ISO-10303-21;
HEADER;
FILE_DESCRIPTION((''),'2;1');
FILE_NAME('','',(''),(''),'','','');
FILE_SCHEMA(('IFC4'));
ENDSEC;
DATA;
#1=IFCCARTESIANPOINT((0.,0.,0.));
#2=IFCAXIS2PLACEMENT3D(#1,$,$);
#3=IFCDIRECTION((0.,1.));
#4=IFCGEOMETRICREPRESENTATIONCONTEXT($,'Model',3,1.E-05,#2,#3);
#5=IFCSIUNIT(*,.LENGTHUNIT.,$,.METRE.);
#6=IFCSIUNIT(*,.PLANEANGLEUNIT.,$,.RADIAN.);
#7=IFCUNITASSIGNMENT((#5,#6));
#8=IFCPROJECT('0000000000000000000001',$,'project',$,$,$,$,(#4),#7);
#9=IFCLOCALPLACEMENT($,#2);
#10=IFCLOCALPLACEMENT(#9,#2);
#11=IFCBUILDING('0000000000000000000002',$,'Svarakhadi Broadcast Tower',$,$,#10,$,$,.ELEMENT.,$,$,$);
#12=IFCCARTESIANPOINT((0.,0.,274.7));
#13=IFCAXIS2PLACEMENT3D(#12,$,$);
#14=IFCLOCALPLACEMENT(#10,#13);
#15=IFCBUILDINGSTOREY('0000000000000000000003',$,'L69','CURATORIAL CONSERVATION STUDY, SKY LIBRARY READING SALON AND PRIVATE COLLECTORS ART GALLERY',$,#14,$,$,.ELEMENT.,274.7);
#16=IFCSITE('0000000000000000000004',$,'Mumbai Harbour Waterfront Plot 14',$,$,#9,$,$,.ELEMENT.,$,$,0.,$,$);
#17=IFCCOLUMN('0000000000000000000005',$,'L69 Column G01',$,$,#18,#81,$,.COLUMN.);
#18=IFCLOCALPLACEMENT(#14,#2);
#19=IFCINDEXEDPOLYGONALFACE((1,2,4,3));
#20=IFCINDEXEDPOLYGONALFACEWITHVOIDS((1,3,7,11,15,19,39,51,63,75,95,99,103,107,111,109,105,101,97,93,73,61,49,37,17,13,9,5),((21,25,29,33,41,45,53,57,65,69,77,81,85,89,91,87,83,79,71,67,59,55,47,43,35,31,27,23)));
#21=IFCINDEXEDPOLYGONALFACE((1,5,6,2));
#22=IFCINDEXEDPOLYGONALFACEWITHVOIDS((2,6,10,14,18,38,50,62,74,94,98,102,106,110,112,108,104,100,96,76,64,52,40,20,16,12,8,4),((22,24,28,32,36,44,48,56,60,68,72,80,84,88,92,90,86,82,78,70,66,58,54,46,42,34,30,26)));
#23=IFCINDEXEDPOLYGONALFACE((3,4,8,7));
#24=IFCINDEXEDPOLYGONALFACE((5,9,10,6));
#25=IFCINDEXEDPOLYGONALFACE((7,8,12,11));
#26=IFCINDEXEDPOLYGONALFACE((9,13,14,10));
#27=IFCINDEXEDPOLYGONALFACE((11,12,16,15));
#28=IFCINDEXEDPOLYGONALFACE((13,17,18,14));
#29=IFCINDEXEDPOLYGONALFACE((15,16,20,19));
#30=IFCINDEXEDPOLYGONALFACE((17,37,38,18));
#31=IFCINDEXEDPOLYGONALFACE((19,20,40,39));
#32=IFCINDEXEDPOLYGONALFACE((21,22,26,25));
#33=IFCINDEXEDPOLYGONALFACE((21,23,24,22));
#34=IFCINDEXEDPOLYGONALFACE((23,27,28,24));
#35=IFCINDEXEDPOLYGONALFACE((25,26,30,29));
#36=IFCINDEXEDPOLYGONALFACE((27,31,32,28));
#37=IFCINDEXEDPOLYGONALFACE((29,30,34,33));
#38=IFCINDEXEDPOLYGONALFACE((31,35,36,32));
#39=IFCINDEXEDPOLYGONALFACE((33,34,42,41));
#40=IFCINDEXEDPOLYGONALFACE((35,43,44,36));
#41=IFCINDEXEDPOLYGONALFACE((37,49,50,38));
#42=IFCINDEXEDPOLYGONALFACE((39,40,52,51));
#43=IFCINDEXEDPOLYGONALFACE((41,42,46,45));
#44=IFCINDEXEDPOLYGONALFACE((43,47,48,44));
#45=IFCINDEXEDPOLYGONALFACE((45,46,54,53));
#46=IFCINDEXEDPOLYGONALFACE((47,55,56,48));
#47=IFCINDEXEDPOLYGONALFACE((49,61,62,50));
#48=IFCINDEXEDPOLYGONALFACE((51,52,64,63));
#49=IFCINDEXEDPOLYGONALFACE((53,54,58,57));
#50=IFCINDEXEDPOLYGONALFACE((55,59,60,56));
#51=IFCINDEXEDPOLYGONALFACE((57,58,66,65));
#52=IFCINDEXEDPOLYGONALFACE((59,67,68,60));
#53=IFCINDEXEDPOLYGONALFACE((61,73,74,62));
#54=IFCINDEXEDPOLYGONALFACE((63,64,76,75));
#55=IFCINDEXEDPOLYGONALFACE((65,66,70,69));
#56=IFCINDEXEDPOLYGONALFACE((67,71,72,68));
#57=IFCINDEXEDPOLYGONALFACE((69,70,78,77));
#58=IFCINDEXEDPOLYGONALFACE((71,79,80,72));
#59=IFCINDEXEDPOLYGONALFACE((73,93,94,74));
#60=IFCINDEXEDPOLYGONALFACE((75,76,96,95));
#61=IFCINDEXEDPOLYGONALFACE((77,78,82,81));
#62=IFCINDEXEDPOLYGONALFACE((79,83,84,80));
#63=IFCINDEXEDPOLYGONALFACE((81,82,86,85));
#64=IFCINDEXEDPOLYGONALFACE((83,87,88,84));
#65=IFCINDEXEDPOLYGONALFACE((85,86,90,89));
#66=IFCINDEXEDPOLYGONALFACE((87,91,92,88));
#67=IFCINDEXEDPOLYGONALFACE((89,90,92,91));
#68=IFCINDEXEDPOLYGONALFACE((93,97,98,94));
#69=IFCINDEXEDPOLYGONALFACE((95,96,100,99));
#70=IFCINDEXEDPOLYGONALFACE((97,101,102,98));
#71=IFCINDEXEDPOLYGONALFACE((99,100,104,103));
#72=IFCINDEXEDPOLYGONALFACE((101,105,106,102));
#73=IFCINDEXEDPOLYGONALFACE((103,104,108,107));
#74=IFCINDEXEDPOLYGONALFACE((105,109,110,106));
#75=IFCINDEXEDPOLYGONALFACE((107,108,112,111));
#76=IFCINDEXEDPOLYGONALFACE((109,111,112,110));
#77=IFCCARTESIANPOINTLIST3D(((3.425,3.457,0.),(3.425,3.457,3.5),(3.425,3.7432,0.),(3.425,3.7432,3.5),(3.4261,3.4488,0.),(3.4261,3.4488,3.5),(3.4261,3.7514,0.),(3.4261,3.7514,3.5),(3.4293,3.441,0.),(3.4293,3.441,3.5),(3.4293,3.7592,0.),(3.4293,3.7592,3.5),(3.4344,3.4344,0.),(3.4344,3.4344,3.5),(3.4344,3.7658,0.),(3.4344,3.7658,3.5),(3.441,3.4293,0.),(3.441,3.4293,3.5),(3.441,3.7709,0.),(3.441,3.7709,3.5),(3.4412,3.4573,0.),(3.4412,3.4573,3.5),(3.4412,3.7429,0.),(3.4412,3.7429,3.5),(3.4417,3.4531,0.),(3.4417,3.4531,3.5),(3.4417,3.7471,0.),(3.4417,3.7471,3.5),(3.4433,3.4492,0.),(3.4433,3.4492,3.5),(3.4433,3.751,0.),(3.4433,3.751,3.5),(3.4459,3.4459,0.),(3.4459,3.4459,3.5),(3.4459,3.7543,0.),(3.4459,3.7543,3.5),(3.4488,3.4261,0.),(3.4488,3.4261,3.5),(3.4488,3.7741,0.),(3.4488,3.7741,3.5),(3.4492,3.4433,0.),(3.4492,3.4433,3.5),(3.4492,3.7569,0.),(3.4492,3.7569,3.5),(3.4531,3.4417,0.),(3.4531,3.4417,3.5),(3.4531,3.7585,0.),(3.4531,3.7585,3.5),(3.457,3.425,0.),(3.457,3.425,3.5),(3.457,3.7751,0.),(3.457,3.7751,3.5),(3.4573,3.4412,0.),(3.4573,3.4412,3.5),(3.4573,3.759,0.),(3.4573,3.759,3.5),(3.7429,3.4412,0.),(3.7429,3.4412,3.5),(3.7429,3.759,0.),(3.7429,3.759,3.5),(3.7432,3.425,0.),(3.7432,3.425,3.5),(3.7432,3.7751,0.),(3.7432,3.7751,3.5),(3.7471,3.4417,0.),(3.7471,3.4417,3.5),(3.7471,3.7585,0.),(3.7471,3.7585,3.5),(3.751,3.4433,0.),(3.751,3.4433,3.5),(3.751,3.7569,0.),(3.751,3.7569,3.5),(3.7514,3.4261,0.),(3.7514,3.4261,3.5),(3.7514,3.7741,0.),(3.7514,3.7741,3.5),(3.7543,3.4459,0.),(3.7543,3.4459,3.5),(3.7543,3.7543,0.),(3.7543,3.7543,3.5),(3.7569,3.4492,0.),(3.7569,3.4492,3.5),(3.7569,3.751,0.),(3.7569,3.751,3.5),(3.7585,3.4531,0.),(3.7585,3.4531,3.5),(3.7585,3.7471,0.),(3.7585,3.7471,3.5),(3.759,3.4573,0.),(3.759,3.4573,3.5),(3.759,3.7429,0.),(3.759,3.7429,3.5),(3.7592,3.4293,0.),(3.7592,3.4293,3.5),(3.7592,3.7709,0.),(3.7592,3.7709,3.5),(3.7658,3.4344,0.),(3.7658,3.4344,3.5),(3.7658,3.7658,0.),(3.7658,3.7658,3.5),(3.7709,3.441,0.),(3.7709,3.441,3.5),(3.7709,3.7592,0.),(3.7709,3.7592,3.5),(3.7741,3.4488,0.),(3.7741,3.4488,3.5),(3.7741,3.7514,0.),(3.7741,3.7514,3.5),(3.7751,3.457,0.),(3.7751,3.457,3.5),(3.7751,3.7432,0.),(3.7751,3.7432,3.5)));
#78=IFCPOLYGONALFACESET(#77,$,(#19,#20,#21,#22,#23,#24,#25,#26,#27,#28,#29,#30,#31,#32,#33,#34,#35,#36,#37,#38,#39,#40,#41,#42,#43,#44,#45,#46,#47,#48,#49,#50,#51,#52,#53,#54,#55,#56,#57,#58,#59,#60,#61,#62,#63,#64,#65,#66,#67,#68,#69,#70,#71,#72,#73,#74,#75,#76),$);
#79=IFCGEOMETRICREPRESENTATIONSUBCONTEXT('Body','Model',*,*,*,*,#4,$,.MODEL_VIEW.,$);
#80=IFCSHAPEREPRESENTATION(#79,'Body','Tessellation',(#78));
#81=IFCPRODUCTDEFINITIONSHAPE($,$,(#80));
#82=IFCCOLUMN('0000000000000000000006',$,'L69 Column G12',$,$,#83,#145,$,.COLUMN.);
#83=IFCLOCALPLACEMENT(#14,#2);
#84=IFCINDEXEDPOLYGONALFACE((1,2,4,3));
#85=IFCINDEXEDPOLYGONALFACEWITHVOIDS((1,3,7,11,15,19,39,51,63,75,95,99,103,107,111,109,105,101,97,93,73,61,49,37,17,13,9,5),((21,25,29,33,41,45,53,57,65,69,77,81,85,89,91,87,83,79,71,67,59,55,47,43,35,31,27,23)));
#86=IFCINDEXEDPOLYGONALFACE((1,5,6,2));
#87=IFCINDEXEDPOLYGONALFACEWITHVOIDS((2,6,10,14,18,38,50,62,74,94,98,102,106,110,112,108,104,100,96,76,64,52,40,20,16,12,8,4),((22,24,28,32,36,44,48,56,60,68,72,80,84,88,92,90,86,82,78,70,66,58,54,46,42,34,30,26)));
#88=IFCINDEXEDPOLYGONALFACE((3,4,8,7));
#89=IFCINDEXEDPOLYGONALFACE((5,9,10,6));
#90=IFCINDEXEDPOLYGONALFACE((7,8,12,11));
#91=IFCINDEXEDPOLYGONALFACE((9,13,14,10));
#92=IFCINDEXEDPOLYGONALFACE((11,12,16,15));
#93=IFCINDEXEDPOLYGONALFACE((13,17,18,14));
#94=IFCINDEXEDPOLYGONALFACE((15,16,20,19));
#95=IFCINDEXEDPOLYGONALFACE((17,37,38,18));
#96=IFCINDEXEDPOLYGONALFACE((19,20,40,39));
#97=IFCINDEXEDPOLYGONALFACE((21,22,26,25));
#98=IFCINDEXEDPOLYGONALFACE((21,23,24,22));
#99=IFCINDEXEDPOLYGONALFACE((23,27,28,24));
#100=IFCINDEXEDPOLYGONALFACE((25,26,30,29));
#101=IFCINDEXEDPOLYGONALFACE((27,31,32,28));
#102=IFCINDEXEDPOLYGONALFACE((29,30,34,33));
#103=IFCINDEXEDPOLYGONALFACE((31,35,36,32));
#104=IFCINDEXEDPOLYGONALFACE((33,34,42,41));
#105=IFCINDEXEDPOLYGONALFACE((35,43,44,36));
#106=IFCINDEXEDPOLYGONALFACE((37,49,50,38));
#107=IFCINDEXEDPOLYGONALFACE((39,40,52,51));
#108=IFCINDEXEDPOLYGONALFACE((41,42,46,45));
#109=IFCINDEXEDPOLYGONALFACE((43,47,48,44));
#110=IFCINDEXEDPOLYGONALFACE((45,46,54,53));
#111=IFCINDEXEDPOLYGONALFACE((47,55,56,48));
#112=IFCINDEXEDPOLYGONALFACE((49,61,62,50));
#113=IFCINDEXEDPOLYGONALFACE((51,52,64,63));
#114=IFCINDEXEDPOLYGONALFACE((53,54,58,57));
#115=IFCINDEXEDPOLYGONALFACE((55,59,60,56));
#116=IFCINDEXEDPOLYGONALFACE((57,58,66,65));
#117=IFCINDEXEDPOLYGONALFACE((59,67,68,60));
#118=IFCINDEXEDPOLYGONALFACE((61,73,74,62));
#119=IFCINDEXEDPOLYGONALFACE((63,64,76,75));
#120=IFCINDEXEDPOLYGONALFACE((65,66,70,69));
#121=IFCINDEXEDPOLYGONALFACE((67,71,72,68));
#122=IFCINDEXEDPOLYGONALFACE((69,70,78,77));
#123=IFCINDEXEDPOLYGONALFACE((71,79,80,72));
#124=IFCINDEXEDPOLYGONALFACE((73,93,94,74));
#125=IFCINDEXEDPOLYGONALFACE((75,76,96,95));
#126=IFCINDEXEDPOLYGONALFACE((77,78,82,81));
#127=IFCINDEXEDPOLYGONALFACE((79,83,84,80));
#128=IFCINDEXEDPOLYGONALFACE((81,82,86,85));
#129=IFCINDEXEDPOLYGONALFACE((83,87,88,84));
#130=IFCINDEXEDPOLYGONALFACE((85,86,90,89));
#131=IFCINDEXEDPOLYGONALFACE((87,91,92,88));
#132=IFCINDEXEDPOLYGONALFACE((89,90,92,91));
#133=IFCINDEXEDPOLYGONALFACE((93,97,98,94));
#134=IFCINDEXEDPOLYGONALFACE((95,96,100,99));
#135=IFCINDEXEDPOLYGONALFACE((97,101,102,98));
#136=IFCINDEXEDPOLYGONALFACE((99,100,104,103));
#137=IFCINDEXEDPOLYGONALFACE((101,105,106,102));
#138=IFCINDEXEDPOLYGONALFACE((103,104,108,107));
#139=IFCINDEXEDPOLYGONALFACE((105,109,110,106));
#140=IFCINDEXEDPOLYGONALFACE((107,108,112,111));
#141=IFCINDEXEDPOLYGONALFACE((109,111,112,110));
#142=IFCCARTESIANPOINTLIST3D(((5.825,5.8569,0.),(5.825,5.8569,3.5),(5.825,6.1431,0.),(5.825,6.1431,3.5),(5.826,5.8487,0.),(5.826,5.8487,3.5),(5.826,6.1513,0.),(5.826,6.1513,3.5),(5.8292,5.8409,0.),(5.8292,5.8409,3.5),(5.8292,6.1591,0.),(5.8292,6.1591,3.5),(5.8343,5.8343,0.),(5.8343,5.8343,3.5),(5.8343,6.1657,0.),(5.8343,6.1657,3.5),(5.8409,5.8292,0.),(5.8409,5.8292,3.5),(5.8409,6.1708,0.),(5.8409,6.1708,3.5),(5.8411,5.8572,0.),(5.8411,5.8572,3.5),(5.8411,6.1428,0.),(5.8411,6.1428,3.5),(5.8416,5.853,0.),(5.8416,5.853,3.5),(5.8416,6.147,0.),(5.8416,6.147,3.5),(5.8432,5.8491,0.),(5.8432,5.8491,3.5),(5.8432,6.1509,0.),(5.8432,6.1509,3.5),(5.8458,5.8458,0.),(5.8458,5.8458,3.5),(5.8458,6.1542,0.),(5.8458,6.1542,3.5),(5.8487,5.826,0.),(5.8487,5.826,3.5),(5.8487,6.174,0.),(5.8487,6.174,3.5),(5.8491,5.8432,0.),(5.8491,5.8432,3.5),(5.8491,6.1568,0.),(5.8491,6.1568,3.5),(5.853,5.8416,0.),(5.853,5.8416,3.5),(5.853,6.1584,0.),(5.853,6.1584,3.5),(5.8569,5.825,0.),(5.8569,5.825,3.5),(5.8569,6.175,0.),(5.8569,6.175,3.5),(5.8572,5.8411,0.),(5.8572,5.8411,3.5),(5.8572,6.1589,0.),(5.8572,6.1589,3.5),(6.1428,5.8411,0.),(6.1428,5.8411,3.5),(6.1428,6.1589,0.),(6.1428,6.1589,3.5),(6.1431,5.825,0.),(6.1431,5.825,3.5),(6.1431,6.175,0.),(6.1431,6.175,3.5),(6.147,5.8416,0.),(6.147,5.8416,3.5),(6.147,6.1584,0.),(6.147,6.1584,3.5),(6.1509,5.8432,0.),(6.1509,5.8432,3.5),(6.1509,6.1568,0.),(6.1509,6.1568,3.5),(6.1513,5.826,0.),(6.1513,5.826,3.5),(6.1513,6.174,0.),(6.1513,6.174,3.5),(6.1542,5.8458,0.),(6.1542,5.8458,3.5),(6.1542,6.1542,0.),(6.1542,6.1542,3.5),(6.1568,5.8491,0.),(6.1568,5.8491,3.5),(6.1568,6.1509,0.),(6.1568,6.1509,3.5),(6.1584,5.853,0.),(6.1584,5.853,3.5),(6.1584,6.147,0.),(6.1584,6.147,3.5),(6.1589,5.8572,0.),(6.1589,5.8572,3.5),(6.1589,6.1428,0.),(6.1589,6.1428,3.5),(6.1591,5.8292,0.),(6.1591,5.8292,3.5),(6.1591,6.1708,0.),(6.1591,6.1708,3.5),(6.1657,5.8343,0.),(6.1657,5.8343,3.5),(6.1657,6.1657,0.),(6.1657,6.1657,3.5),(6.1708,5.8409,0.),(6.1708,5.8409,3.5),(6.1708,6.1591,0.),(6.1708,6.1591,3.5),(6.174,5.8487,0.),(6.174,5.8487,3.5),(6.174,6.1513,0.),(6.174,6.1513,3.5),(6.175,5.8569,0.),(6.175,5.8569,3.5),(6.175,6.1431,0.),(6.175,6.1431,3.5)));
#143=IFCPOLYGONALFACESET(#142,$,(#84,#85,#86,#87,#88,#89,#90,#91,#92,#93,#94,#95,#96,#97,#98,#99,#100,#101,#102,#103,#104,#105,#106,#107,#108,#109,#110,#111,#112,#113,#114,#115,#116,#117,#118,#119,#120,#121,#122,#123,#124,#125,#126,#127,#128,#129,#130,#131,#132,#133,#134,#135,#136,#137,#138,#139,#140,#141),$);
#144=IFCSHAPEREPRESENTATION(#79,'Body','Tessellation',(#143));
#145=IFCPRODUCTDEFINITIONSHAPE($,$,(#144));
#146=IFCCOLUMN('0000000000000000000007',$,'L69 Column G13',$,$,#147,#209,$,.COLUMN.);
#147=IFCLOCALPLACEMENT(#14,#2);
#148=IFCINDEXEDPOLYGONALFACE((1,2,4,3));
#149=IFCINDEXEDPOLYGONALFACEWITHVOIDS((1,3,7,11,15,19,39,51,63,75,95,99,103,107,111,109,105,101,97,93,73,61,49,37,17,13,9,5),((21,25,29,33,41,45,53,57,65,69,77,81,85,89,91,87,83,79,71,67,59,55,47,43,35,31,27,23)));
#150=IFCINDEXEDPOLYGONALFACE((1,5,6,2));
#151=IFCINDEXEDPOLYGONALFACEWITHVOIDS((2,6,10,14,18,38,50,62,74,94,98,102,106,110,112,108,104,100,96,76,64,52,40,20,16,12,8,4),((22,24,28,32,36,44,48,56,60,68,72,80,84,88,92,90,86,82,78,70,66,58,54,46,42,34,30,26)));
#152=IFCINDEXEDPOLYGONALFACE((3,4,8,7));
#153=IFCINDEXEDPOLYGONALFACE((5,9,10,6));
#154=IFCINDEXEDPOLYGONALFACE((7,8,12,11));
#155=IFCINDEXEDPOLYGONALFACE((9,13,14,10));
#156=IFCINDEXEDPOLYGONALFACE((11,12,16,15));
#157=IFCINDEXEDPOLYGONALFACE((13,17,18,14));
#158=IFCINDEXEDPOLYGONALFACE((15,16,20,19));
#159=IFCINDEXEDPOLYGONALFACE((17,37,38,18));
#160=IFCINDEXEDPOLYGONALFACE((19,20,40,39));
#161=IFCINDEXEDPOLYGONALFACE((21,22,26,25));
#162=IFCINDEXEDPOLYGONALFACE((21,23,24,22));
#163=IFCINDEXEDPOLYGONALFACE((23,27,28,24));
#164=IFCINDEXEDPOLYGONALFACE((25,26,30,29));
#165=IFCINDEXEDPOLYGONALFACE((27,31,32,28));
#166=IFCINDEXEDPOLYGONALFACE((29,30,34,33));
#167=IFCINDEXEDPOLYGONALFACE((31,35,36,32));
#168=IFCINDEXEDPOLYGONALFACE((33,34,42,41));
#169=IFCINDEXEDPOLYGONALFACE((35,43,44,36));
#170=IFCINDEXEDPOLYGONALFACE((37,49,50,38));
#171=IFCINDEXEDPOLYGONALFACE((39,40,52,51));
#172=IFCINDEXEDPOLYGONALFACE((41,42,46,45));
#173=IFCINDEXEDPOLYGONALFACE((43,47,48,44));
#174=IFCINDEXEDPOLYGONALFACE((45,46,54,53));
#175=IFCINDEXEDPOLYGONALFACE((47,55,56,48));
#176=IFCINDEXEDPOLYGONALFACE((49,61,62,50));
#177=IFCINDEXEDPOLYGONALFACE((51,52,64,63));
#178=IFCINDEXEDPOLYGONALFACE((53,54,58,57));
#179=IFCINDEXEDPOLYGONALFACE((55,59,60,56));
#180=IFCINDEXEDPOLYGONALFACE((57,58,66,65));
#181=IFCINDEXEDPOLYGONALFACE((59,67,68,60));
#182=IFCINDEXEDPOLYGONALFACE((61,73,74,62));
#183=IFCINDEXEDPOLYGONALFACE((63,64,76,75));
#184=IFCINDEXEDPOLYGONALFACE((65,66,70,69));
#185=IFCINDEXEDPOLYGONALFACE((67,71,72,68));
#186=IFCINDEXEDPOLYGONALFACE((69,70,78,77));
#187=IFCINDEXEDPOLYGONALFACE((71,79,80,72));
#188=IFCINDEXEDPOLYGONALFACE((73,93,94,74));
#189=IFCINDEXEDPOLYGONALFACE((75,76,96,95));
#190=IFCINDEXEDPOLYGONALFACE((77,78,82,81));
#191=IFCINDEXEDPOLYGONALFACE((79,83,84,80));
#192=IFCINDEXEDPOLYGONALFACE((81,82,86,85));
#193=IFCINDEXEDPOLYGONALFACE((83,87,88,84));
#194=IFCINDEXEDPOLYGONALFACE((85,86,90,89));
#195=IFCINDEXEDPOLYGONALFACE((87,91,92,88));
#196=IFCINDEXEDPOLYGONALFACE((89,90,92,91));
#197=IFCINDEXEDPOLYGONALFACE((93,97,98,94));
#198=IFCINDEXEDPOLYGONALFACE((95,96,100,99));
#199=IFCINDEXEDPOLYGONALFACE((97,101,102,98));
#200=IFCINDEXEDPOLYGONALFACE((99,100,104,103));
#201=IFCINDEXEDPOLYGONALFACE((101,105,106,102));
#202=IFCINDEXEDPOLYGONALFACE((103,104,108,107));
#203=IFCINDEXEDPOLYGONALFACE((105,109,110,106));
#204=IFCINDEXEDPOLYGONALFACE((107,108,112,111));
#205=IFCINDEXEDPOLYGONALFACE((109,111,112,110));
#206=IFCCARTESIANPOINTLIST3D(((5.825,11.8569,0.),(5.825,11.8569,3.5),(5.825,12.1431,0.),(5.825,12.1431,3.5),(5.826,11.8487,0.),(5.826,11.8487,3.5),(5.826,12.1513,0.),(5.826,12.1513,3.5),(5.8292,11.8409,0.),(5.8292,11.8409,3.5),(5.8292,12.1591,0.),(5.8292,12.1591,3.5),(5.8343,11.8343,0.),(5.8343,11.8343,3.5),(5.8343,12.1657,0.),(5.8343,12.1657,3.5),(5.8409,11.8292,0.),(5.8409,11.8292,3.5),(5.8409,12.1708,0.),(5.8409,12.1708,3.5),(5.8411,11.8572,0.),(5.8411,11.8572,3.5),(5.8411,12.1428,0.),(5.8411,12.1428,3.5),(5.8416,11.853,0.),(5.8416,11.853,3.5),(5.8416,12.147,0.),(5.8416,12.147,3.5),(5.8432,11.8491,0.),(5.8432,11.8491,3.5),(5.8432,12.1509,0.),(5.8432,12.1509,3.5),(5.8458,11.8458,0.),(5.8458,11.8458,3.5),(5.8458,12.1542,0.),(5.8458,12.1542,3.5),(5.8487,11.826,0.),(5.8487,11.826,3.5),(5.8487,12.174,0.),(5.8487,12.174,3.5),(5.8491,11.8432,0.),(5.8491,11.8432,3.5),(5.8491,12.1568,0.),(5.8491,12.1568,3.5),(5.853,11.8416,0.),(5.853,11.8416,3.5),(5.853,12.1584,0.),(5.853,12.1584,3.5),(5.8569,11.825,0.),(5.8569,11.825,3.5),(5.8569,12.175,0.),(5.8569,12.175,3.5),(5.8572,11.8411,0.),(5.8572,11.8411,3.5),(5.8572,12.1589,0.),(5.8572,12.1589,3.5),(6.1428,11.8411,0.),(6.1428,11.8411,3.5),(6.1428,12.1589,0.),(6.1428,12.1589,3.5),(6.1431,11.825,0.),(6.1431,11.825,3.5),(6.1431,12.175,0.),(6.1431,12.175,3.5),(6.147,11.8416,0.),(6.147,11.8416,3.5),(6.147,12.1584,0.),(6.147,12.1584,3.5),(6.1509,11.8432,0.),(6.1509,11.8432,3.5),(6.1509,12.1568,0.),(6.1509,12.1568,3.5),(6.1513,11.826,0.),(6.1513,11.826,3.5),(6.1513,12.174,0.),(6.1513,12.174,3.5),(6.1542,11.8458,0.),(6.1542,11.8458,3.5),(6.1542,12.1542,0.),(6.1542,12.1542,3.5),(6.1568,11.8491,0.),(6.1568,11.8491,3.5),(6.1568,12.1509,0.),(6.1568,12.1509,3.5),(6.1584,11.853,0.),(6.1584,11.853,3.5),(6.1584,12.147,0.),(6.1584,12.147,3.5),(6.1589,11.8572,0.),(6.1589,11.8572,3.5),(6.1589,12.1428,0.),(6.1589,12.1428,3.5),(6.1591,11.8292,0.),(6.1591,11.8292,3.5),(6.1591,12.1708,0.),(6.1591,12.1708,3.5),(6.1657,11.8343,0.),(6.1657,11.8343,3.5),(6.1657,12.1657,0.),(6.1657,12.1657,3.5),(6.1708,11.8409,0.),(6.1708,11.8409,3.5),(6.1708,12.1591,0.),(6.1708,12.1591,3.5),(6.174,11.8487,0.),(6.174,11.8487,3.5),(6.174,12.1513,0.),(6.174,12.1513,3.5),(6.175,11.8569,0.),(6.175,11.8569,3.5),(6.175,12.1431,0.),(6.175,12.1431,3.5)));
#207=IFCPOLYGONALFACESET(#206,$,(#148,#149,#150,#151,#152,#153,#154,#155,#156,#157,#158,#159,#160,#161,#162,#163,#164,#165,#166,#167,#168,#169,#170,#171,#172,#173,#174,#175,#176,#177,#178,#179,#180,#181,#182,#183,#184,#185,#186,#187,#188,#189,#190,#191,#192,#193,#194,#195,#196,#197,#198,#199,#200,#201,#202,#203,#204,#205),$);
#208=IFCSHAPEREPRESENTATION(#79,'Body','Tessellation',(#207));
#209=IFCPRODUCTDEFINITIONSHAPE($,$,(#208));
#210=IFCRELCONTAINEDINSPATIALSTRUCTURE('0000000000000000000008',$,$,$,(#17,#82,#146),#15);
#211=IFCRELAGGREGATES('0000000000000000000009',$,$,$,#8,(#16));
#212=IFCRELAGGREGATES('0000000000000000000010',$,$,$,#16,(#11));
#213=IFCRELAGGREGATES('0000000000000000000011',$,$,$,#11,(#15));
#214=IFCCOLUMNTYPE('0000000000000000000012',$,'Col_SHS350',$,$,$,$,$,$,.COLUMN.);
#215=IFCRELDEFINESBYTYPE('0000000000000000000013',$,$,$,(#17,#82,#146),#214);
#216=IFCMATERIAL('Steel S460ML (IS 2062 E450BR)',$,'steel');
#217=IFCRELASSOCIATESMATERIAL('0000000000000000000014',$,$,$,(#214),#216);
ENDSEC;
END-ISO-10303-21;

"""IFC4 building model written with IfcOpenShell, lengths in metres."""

from ifc_helpers import new_model, si_unit, direction, frame, origin, origin_2d, place, context, subcontext, project, spatial, hollow_rectangle, extrude, material, material_profile, profile_set, type_object, element, save


model = new_model("IFC4")

# Units and contexts
model_context = context("Model", 3, precision=1e-05, world=origin(), true_north=direction((0.0, 1.0)))
body_context = subcontext(model_context, "Body", "Model", "MODEL_VIEW")
ifc_project = project(units=[si_unit("LENGTHUNIT", "METRE"), si_unit("PLANEANGLEUNIT", "RADIAN")], contexts=[model_context])

# Site, building, storey
site_placement = place(None, origin())
site = spatial("IfcSite", under=ifc_project, at=site_placement, Name="Mumbai Harbour Waterfront Plot 14", CompositionType="ELEMENT", RefElevation=0.0)
building_placement = place(site_placement, origin())
building = spatial("IfcBuilding", under=site, at=building_placement, Name="Svarakhadi Broadcast Tower", CompositionType="ELEMENT")
storey_placement = place(building_placement, frame((0.0, 0.0, 274.7)))
storey = spatial("IfcBuildingStorey", under=building, at=storey_placement, Name="L69", Description="CURATORIAL CONSERVATION STUDY, SKY LIBRARY READING SALON AND PRIVATE COLLECTORS ART GALLERY", CompositionType="ELEMENT", Elevation=274.7)

# Columns
ifc_material_1 = material(Name="Steel S460ML (IS 2062 E450BR)", Category="steel")
ifc_material_profile_1 = material_profile(ifc_material_1, hollow_rectangle(XDim=0.3501, YDim=0.3501, WallThickness=0.0161, InnerFilletRadius=0.0161, OuterFilletRadius=0.032, at=origin_2d()), Name="SHS 350x350x16")
ifc_profile_set_1 = profile_set([ifc_material_profile_1], Name="Steel S460ML (IS 2062 E450BR)")
column_type = type_object("IfcColumnType", Name="Col_SHS350", PredefinedType="COLUMN", material=ifc_profile_set_1)
for number, where, z_axis, x_axis, name in (
    (1, (3.6001, 3.6001, 0.0), (0.0, 0.0, 1.0), (1.0, 0.0, 0.0), "L69 Column G01"),
    (2, (6.0, 6.0, 0.0), (0.0, 0.0, 1.0), (1.0, 0.0, 0.0), "L69 Column G12"),
    (3, (6.0, 12.0, 0.0), (0.0, 0.0, 1.0), (1.0, 0.0, 0.0), "L69 Column G13"),
):
    element("IfcColumn", number, at=place(storey_placement, frame(where, z_axis=z_axis, x_axis=x_axis)), inside=storey, type_object=column_type, Name=name, PredefinedType="COLUMN", context=body_context, shape_type="SweptSolid", body=[
        extrude(hollow_rectangle(XDim=0.3501, YDim=0.3501, WallThickness=0.0161, InnerFilletRadius=0.0161, OuterFilletRadius=0.032, at=origin_2d()), origin(), (0.0, 0.0, 1.0), 3.5),
    ])

save(model, "model.ifc")
